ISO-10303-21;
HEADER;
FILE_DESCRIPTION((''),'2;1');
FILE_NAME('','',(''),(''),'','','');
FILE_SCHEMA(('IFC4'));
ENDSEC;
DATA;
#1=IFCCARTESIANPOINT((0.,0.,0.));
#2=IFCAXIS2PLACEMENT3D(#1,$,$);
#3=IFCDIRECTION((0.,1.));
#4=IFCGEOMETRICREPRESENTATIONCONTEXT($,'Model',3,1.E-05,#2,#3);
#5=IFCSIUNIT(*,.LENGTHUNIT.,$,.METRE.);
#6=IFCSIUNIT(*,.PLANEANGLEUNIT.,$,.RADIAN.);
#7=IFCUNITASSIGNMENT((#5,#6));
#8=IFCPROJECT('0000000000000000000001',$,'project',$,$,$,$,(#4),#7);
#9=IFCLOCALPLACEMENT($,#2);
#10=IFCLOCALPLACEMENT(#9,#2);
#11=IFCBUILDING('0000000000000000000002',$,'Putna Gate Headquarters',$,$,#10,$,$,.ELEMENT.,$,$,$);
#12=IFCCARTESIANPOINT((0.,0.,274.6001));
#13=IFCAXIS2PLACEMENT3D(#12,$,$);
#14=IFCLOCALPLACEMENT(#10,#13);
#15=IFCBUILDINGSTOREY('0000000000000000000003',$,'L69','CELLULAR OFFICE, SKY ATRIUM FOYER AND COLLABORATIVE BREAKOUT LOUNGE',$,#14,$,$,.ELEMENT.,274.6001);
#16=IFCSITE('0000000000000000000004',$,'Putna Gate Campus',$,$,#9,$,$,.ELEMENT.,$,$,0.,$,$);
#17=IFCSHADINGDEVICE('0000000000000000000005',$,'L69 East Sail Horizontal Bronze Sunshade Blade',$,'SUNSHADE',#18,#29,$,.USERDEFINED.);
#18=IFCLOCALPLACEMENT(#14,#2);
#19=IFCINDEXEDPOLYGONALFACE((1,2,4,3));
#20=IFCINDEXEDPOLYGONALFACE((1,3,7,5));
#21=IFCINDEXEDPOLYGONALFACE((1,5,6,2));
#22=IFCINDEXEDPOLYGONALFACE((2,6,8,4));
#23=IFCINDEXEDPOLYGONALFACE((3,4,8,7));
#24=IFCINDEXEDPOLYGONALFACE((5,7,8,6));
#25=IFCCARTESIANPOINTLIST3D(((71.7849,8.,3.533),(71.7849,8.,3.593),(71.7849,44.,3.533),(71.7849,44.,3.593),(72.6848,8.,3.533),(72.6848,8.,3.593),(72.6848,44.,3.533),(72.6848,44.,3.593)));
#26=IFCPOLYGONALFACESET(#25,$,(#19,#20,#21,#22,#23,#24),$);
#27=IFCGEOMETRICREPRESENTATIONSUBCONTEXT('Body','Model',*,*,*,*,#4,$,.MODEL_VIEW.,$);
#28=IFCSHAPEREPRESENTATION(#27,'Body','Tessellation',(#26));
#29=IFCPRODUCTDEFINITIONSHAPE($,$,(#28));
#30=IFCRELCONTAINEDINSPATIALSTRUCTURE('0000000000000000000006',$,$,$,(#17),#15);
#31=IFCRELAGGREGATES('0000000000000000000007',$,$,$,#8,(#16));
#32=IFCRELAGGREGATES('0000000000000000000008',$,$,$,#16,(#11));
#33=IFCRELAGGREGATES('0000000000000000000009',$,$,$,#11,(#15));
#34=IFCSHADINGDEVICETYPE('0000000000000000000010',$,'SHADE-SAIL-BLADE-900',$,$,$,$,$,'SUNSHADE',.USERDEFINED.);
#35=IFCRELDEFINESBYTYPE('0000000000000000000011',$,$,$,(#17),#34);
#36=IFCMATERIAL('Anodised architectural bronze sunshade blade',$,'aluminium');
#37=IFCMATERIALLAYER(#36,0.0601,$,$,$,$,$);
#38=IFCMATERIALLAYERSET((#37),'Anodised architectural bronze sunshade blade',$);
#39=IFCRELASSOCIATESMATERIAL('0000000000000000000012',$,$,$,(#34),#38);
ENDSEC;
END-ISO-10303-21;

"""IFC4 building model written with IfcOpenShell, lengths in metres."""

from ifc_helpers import new_model, si_unit, direction, frame, origin, place, context, subcontext, project, spatial, polyline, outline, extrude, material, layer, layer_set, type_object, element, save


model = new_model("IFC4")

# Units and contexts
model_context = context("Model", 3, precision=1e-05, world=origin(), true_north=direction((0.0, 1.0)))
body_context = subcontext(model_context, "Body", "Model", "MODEL_VIEW")
ifc_project = project(units=[si_unit("LENGTHUNIT", "METRE"), si_unit("PLANEANGLEUNIT", "RADIAN")], contexts=[model_context])

# Site, building, storey
site_placement = place(None, origin())
site = spatial("IfcSite", under=ifc_project, at=site_placement, Name="Putna Gate Campus", CompositionType="ELEMENT", RefElevation=0.0)
building_placement = place(site_placement, origin())
building = spatial("IfcBuilding", under=site, at=building_placement, Name="Putna Gate Headquarters", CompositionType="ELEMENT")
storey_placement = place(building_placement, frame((0.0, 0.0, 274.6001)))
storey = spatial("IfcBuildingStorey", under=building, at=storey_placement, Name="L69", Description="CELLULAR OFFICE, SKY ATRIUM FOYER AND COLLABORATIVE BREAKOUT LOUNGE", CompositionType="ELEMENT", Elevation=274.6001)

# Shading device
ifc_material_1 = material(Name="Anodised architectural bronze sunshade blade", Category="aluminium")
ifc_layer_1 = layer(ifc_material_1, 0.0601)
ifc_layer_set_1 = layer_set([ifc_layer_1], Name="Anodised architectural bronze sunshade blade")
shading_device_type_1 = type_object("IfcShadingDeviceType", Name="SHADE-SAIL-BLADE-900", ElementType="SUNSHADE", PredefinedType="USERDEFINED", material=ifc_layer_set_1)
shading_device_placement = place(storey_placement, frame((0.0, 0.0, 3.533)))
element("IfcShadingDevice", 1, at=shading_device_placement, inside=storey, type_object=shading_device_type_1, Name="L69 East Sail Horizontal Bronze Sunshade Blade", ObjectType="SUNSHADE", PredefinedType="USERDEFINED", context=body_context, shape_type="SweptSolid", body=[
    extrude(outline(polyline([(71.7849, 8.0), (72.6848, 8.0), (72.6848, 44.0), (71.7849, 44.0), (71.7849, 8.0)])), origin(), (0.0, 0.0, 1.0), 0.0601),
])

save(model, "model.ifc")
